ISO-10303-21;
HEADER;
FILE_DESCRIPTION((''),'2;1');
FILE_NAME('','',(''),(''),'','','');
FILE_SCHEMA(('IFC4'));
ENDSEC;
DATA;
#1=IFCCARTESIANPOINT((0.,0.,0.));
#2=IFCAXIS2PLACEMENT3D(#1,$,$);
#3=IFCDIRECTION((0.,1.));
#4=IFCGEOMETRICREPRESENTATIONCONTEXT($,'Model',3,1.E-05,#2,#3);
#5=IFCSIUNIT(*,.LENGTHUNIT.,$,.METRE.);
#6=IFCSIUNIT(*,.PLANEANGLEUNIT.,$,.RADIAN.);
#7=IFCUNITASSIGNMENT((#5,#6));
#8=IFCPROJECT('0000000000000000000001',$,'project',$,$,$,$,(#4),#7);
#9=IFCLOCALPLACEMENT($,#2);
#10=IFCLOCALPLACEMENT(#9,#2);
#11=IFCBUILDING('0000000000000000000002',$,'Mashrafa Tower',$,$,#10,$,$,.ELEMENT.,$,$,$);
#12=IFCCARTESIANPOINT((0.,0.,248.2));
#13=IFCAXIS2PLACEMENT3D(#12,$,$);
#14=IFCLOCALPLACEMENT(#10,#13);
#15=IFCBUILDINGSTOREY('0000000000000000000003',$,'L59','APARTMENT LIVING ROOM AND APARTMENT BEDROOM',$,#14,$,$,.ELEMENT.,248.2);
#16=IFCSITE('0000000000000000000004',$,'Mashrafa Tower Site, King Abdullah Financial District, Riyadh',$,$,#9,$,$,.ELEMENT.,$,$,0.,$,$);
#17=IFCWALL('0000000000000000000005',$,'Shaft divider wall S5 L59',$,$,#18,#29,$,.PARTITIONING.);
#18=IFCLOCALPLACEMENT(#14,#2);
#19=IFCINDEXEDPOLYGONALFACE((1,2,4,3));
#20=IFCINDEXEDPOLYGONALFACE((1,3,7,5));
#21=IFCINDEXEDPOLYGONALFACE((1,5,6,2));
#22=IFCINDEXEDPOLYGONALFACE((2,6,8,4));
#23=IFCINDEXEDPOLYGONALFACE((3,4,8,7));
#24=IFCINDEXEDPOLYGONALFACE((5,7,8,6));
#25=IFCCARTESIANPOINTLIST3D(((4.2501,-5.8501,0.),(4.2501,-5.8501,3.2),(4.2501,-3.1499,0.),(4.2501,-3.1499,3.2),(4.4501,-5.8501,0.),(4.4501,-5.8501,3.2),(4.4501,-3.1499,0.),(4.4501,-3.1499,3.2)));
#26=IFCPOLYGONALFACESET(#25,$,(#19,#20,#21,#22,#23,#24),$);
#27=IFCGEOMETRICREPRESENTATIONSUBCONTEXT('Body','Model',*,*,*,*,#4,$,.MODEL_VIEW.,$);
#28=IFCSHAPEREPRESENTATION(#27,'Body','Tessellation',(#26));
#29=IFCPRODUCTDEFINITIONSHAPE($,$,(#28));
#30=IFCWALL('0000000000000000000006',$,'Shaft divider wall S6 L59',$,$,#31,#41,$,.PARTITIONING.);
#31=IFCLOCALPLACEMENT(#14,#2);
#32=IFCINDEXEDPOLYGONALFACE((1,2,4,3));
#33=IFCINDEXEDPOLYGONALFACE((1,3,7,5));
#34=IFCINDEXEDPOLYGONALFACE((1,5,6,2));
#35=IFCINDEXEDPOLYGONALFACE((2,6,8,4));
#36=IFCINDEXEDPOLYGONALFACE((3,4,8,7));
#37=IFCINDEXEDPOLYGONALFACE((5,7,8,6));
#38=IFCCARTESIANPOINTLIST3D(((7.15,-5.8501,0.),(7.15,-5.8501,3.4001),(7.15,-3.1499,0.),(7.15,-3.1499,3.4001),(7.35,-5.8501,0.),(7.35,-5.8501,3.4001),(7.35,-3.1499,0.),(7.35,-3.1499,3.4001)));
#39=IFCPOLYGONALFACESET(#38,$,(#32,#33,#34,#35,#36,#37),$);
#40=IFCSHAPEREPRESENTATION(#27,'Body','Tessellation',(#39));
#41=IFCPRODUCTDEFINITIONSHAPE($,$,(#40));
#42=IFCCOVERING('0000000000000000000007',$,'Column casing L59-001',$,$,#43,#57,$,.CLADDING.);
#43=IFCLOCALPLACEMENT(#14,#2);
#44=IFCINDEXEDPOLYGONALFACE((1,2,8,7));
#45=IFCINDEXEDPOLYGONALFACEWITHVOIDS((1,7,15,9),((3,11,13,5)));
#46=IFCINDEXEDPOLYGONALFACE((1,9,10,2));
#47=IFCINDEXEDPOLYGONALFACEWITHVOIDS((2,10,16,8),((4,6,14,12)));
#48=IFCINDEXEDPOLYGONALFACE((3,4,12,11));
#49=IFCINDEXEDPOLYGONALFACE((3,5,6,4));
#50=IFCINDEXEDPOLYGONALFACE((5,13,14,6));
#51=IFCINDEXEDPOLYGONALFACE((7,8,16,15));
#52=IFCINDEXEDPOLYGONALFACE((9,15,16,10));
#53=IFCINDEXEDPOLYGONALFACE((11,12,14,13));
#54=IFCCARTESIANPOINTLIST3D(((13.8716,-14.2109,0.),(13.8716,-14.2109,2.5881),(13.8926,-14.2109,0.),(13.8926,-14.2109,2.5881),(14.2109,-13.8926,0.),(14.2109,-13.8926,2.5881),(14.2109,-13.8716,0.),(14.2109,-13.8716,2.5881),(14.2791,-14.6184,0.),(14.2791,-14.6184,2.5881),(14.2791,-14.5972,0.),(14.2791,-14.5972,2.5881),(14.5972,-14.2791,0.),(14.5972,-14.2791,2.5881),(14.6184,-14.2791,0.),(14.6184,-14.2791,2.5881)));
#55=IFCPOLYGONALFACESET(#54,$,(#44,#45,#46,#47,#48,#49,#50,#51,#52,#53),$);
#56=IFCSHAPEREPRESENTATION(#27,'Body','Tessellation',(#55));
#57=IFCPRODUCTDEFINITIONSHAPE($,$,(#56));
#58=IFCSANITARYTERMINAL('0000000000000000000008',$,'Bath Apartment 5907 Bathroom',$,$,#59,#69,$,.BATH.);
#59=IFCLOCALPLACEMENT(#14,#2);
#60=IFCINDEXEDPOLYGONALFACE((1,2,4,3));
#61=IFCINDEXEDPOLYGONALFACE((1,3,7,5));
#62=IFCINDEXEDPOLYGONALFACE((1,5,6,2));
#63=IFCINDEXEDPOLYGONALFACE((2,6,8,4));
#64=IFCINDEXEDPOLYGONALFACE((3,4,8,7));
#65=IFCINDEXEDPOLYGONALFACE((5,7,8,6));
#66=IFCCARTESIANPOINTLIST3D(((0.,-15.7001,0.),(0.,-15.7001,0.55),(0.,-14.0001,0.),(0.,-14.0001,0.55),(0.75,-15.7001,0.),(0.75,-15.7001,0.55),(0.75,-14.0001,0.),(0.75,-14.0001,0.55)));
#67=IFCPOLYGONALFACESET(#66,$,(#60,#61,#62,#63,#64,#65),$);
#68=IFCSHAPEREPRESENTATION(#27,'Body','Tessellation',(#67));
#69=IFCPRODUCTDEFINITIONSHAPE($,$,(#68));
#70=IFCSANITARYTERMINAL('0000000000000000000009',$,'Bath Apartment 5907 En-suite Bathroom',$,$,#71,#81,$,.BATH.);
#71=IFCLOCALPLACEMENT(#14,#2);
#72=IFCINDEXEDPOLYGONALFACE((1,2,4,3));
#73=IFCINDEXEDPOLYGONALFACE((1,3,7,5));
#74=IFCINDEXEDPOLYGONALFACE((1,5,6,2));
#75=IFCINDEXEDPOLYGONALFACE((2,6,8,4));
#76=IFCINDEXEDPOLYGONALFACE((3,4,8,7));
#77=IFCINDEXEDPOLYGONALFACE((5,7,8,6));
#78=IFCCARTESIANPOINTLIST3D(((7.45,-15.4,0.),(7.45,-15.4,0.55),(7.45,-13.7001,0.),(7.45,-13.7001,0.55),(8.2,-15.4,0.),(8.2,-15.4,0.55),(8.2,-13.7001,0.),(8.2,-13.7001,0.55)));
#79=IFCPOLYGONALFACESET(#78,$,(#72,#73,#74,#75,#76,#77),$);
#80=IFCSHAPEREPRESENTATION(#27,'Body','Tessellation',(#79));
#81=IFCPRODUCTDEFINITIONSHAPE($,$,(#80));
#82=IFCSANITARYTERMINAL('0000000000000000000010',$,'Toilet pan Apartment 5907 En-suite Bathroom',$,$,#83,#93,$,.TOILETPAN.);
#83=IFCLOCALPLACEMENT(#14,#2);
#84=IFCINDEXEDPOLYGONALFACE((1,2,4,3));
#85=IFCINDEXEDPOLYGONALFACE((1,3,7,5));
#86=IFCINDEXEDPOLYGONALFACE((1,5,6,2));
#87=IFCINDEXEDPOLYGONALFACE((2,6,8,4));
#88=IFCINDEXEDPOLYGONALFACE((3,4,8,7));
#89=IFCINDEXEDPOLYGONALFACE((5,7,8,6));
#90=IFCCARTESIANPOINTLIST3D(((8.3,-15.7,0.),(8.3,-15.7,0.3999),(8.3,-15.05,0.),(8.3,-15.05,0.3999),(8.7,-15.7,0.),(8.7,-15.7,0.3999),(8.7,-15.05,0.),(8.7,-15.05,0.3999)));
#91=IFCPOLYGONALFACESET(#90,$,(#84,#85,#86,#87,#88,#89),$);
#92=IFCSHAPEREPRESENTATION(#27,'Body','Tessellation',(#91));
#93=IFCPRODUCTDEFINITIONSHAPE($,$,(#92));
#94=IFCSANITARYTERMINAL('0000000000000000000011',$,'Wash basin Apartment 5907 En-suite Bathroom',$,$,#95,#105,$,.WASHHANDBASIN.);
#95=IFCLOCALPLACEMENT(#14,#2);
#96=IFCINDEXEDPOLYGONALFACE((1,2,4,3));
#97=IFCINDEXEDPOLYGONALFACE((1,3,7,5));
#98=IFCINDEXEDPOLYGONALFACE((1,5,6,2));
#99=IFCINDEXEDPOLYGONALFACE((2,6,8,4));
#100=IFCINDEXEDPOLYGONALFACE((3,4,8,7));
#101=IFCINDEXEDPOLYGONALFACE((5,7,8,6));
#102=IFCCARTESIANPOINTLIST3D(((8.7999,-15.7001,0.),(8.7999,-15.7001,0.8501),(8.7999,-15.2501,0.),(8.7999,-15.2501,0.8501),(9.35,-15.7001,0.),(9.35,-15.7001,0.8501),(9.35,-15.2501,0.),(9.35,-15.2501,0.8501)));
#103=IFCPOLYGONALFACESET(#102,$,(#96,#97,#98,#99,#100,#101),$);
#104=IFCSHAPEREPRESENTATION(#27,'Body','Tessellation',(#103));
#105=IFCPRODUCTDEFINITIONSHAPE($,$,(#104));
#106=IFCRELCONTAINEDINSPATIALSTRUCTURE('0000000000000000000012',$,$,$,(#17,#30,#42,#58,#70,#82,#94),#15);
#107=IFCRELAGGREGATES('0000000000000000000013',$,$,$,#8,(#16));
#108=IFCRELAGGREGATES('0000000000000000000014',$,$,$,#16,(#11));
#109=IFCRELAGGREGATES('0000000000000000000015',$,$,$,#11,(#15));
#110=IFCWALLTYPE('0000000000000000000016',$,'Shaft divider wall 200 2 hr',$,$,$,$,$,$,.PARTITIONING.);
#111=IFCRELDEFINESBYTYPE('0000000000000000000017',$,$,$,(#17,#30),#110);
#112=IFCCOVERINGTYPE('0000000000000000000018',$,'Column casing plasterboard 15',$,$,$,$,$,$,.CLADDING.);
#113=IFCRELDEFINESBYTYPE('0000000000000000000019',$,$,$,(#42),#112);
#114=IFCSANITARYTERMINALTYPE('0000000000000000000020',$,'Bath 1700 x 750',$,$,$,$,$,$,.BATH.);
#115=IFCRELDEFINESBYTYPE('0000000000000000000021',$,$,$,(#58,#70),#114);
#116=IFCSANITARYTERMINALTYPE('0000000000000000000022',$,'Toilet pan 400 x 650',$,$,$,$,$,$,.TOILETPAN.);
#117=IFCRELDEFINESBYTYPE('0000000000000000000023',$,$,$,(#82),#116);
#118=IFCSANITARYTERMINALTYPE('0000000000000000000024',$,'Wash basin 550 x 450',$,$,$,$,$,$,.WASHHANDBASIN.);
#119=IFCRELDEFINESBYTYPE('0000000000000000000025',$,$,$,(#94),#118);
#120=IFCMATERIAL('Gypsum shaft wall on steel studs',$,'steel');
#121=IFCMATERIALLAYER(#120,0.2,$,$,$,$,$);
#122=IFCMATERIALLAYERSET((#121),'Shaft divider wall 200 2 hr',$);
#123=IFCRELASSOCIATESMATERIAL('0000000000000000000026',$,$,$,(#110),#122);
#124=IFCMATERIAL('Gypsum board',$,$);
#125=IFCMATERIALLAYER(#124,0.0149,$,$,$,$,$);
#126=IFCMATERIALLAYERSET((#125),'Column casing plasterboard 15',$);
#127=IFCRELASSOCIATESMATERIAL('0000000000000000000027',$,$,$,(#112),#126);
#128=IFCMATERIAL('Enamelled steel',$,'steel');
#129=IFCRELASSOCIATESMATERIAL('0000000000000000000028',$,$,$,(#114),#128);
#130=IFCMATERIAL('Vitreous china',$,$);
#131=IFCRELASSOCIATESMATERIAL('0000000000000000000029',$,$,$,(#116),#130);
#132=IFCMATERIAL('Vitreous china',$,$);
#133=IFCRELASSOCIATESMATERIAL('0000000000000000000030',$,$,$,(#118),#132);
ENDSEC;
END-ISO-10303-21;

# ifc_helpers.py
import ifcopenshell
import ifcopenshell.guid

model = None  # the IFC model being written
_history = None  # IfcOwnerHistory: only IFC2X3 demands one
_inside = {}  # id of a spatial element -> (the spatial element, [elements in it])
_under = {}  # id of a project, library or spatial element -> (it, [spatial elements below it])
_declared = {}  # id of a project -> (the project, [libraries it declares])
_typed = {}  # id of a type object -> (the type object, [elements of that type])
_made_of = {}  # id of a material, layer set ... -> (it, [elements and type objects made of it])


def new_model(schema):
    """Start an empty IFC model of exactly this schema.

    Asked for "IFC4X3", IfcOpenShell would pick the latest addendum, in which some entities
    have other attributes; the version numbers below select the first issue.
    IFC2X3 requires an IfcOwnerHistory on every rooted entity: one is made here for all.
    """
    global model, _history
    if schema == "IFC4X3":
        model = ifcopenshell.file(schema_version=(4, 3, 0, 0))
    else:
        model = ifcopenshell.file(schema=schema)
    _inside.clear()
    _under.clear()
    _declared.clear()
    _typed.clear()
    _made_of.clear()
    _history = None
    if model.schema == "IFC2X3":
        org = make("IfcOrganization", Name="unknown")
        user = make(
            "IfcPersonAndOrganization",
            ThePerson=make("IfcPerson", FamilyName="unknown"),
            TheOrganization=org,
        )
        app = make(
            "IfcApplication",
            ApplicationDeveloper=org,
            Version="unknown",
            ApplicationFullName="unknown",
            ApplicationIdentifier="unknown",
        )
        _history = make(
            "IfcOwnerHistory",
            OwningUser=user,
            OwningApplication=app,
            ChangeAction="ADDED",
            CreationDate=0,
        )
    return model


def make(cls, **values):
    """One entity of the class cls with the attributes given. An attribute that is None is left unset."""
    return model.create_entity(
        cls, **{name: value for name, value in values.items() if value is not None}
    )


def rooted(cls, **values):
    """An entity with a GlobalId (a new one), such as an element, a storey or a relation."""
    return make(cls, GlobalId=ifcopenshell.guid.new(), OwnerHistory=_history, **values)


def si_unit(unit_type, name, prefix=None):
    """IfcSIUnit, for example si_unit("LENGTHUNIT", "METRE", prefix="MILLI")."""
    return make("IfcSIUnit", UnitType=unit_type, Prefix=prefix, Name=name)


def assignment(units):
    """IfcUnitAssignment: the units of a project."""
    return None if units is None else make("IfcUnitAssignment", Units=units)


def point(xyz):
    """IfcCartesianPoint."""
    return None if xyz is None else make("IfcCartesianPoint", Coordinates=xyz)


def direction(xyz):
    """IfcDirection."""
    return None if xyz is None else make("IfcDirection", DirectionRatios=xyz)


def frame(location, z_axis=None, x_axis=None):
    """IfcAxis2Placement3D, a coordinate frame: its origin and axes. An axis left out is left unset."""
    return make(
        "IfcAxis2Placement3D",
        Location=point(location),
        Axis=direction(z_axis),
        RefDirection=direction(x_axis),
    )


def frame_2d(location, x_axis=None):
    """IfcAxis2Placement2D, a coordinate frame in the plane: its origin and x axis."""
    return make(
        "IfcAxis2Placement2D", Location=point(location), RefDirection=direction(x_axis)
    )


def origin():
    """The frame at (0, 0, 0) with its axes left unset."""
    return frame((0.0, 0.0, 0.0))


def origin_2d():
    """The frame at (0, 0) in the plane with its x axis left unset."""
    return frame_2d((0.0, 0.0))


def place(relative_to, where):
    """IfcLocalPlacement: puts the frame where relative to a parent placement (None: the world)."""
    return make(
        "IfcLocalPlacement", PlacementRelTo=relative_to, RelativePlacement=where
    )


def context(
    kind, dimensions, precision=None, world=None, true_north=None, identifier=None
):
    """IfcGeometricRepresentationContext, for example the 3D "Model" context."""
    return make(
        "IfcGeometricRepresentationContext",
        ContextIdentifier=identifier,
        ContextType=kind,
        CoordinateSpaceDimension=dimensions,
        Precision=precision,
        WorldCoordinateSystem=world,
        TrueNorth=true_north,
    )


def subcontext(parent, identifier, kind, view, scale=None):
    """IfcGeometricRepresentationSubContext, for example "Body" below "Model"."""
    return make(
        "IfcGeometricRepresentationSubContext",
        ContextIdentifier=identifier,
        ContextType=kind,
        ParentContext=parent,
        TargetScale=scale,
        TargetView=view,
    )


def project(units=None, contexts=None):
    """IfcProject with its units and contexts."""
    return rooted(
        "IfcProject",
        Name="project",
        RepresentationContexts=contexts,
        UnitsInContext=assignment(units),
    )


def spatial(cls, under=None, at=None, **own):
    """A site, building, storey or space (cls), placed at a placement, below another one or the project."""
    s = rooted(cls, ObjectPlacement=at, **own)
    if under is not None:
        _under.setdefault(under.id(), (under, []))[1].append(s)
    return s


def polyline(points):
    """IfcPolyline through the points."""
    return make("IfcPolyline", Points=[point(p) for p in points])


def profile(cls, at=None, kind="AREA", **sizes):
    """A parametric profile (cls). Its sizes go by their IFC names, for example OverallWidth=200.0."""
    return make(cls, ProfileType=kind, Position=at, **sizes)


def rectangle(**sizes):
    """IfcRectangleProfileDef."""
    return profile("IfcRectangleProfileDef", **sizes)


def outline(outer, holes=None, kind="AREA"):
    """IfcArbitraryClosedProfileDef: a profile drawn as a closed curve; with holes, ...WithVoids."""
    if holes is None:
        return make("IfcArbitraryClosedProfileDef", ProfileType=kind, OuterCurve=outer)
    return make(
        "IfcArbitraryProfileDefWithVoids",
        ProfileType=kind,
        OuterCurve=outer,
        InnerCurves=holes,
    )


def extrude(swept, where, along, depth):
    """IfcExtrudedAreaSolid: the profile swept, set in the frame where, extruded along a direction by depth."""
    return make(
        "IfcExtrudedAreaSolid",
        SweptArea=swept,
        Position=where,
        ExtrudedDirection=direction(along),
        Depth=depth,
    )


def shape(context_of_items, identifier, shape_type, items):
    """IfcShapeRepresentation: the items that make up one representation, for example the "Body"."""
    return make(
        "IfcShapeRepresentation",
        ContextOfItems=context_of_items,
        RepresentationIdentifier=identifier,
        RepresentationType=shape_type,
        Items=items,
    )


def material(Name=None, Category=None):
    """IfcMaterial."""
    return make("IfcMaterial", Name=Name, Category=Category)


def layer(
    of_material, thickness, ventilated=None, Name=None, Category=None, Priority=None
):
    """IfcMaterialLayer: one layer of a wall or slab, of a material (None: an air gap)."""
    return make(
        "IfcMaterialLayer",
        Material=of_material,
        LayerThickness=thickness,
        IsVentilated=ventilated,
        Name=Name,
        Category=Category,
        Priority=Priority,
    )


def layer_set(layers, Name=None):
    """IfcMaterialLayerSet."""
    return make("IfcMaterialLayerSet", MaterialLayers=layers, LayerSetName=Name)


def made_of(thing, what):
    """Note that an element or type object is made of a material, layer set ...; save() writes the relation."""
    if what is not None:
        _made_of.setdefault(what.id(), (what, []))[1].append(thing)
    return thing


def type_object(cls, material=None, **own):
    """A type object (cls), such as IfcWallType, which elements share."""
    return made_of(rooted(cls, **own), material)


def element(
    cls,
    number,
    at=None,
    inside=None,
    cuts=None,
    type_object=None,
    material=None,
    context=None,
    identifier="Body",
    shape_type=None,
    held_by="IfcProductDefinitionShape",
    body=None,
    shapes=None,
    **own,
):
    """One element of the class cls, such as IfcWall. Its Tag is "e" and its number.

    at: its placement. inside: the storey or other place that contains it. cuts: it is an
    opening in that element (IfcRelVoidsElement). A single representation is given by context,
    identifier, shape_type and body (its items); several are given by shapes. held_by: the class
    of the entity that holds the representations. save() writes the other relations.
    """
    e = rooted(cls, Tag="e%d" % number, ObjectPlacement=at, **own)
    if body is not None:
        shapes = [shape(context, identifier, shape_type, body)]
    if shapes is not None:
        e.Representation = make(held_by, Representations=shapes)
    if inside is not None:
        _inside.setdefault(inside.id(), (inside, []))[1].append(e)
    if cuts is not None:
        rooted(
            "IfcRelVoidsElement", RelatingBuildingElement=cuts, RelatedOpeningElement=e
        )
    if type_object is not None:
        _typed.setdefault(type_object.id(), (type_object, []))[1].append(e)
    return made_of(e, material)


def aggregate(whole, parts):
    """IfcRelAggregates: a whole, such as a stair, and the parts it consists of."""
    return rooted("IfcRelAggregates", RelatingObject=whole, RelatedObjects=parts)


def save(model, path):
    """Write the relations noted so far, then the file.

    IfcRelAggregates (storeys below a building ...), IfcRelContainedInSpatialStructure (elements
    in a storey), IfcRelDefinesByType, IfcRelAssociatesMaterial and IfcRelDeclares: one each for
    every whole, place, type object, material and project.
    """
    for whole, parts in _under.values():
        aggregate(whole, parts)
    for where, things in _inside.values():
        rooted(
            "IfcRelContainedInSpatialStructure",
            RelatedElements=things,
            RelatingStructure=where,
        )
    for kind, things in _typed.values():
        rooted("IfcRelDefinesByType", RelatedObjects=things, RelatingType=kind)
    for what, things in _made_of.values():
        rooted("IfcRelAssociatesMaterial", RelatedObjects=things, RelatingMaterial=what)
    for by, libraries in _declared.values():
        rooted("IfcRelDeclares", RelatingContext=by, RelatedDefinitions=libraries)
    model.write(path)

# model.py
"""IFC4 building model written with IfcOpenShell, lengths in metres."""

from ifc_helpers import new_model, si_unit, direction, frame, frame_2d, origin, origin_2d, place, context, subcontext, project, spatial, polyline, rectangle, outline, extrude, material, layer, layer_set, type_object, element, save


model = new_model("IFC4")

# Units and contexts
model_context = context("Model", 3, precision=1e-05, world=origin(), true_north=direction((0.0, 1.0)))
body_context = subcontext(model_context, "Body", "Model", "MODEL_VIEW")
ifc_project = project(units=[si_unit("LENGTHUNIT", "METRE"), si_unit("PLANEANGLEUNIT", "RADIAN")], contexts=[model_context])

# Site, building, storey
site_placement = place(None, origin())
site = spatial("IfcSite", under=ifc_project, at=site_placement, Name="Mashrafa Tower Site, King Abdullah Financial District, Riyadh", CompositionType="ELEMENT", RefElevation=0.0)
building_placement = place(site_placement, origin())
building = spatial("IfcBuilding", under=site, at=building_placement, Name="Mashrafa Tower", CompositionType="ELEMENT")
storey_placement = place(building_placement, frame((0.0, 0.0, 248.2)))
storey = spatial("IfcBuildingStorey", under=building, at=storey_placement, Name="L59", Description="APARTMENT LIVING ROOM AND APARTMENT BEDROOM", CompositionType="ELEMENT", Elevation=248.2)

# Walls
ifc_material_1 = material(Name="Gypsum shaft wall on steel studs", Category="steel")
ifc_layer_1 = layer(ifc_material_1, 0.2)
ifc_layer_set_1 = layer_set([ifc_layer_1], Name="Shaft divider wall 200 2 hr")
wall_type_1 = type_object("IfcWallType", Name="Shaft divider wall 200 2 hr", PredefinedType="PARTITIONING", material=ifc_layer_set_1)
for number, where, z_axis, x_axis, name in (
    (1, (4.3501, -5.8501, 0.0), (0.0, 0.0, 1.0), (0.0, 1.0, 0.0), "Shaft divider wall S5 L59"),
):
    element("IfcWall", number, at=place(storey_placement, frame(where, z_axis=z_axis, x_axis=x_axis)), inside=storey, type_object=wall_type_1, Name=name, PredefinedType="PARTITIONING", context=body_context, shape_type="SweptSolid", body=[
        extrude(rectangle(XDim=2.7002, YDim=0.2, at=frame_2d((1.3501, 0.0))), origin(), (0.0, 0.0, 1.0), 3.2),
    ])
wall_1_placement = place(storey_placement, frame((7.25, -5.8501, 0.0), z_axis=(0.0, 0.0, 1.0), x_axis=(0.0, 1.0, 0.0)))
element("IfcWall", 2, at=wall_1_placement, inside=storey, type_object=wall_type_1, Name="Shaft divider wall S6 L59", PredefinedType="PARTITIONING", context=body_context, shape_type="SweptSolid", body=[
    extrude(rectangle(XDim=2.7002, YDim=0.2, at=frame_2d((1.3501, 0.0))), origin(), (0.0, 0.0, 1.0), 3.4001),
])

# Covering
ifc_material_2 = material(Name="Gypsum board")
ifc_layer_2 = layer(ifc_material_2, 0.0149)
ifc_layer_set_2 = layer_set([ifc_layer_2], Name="Column casing plasterboard 15")
covering_type = type_object("IfcCoveringType", Name="Column casing plasterboard 15", PredefinedType="CLADDING", material=ifc_layer_set_2)
covering_placement = place(storey_placement, origin())
element("IfcCovering", 3, at=covering_placement, inside=storey, type_object=covering_type, Name="Column casing L59-001", PredefinedType="CLADDING", context=body_context, shape_type="SweptSolid", body=[
    extrude(outline(polyline([(13.8716, -14.2109), (14.2109, -13.8716), (14.6184, -14.2791), (14.2791, -14.6184), (13.8716, -14.2109)]), holes=[polyline([(14.5972, -14.2791), (14.2109, -13.8926), (13.8926, -14.2109), (14.2791, -14.5972), (14.5972, -14.2791)])]), origin(), (0.0, 0.0, 1.0), 2.5881),
])

# Sanitary terminals
ifc_material_3 = material(Name="Enamelled steel", Category="steel")
sanitary_terminal_type_1 = type_object("IfcSanitaryTerminalType", Name="Bath 1700 x 750", PredefinedType="BATH", material=ifc_material_3)
for number, where, z_axis, x_axis, name in (
    (4, (0.375, -14.8501, 0.0), (0.0, 0.0, 1.0), (0.0, 1.0, 0.0), "Bath Apartment 5907 Bathroom"),
    (5, (7.825, -14.55, 0.0), (0.0, 0.0, 1.0), (0.0, -1.0, 0.0), "Bath Apartment 5907 En-suite Bathroom"),
):
    element("IfcSanitaryTerminal", number, at=place(storey_placement, frame(where, z_axis=z_axis, x_axis=x_axis)), inside=storey, type_object=sanitary_terminal_type_1, Name=name, PredefinedType="BATH", context=body_context, shape_type="SweptSolid", body=[
        extrude(rectangle(XDim=1.7, YDim=0.75, at=origin_2d()), origin(), (0.0, 0.0, 1.0), 0.55),
    ])
ifc_material_4 = material(Name="Vitreous china")
sanitary_terminal_type_2 = type_object("IfcSanitaryTerminalType", Name="Toilet pan 400 x 650", PredefinedType="TOILETPAN", material=ifc_material_4)
sanitary_terminal_1_placement = place(storey_placement, frame((8.5, -15.375, 0.0), z_axis=(0.0, 0.0, 1.0), x_axis=(1.0, 0.0, 0.0)))
element("IfcSanitaryTerminal", 6, at=sanitary_terminal_1_placement, inside=storey, type_object=sanitary_terminal_type_2, Name="Toilet pan Apartment 5907 En-suite Bathroom", PredefinedType="TOILETPAN", context=body_context, shape_type="SweptSolid", body=[
    extrude(rectangle(XDim=0.3999, YDim=0.6499, at=origin_2d()), origin(), (0.0, 0.0, 1.0), 0.3999),
])
ifc_material_5 = material(Name="Vitreous china")
sanitary_terminal_type_3 = type_object("IfcSanitaryTerminalType", Name="Wash basin 550 x 450", PredefinedType="WASHHANDBASIN", material=ifc_material_5)
sanitary_terminal_2_placement = place(storey_placement, frame((9.075, -15.4751, 0.0), z_axis=(0.0, 0.0, 1.0), x_axis=(1.0, 0.0, 0.0)))
element("IfcSanitaryTerminal", 7, at=sanitary_terminal_2_placement, inside=storey, type_object=sanitary_terminal_type_3, Name="Wash basin Apartment 5907 En-suite Bathroom", PredefinedType="WASHHANDBASIN", context=body_context, shape_type="SweptSolid", body=[
    extrude(rectangle(XDim=0.55, YDim=0.45, at=origin_2d()), origin(), (0.0, 0.0, 1.0), 0.8501),
])

save(model, "model.ifc")
